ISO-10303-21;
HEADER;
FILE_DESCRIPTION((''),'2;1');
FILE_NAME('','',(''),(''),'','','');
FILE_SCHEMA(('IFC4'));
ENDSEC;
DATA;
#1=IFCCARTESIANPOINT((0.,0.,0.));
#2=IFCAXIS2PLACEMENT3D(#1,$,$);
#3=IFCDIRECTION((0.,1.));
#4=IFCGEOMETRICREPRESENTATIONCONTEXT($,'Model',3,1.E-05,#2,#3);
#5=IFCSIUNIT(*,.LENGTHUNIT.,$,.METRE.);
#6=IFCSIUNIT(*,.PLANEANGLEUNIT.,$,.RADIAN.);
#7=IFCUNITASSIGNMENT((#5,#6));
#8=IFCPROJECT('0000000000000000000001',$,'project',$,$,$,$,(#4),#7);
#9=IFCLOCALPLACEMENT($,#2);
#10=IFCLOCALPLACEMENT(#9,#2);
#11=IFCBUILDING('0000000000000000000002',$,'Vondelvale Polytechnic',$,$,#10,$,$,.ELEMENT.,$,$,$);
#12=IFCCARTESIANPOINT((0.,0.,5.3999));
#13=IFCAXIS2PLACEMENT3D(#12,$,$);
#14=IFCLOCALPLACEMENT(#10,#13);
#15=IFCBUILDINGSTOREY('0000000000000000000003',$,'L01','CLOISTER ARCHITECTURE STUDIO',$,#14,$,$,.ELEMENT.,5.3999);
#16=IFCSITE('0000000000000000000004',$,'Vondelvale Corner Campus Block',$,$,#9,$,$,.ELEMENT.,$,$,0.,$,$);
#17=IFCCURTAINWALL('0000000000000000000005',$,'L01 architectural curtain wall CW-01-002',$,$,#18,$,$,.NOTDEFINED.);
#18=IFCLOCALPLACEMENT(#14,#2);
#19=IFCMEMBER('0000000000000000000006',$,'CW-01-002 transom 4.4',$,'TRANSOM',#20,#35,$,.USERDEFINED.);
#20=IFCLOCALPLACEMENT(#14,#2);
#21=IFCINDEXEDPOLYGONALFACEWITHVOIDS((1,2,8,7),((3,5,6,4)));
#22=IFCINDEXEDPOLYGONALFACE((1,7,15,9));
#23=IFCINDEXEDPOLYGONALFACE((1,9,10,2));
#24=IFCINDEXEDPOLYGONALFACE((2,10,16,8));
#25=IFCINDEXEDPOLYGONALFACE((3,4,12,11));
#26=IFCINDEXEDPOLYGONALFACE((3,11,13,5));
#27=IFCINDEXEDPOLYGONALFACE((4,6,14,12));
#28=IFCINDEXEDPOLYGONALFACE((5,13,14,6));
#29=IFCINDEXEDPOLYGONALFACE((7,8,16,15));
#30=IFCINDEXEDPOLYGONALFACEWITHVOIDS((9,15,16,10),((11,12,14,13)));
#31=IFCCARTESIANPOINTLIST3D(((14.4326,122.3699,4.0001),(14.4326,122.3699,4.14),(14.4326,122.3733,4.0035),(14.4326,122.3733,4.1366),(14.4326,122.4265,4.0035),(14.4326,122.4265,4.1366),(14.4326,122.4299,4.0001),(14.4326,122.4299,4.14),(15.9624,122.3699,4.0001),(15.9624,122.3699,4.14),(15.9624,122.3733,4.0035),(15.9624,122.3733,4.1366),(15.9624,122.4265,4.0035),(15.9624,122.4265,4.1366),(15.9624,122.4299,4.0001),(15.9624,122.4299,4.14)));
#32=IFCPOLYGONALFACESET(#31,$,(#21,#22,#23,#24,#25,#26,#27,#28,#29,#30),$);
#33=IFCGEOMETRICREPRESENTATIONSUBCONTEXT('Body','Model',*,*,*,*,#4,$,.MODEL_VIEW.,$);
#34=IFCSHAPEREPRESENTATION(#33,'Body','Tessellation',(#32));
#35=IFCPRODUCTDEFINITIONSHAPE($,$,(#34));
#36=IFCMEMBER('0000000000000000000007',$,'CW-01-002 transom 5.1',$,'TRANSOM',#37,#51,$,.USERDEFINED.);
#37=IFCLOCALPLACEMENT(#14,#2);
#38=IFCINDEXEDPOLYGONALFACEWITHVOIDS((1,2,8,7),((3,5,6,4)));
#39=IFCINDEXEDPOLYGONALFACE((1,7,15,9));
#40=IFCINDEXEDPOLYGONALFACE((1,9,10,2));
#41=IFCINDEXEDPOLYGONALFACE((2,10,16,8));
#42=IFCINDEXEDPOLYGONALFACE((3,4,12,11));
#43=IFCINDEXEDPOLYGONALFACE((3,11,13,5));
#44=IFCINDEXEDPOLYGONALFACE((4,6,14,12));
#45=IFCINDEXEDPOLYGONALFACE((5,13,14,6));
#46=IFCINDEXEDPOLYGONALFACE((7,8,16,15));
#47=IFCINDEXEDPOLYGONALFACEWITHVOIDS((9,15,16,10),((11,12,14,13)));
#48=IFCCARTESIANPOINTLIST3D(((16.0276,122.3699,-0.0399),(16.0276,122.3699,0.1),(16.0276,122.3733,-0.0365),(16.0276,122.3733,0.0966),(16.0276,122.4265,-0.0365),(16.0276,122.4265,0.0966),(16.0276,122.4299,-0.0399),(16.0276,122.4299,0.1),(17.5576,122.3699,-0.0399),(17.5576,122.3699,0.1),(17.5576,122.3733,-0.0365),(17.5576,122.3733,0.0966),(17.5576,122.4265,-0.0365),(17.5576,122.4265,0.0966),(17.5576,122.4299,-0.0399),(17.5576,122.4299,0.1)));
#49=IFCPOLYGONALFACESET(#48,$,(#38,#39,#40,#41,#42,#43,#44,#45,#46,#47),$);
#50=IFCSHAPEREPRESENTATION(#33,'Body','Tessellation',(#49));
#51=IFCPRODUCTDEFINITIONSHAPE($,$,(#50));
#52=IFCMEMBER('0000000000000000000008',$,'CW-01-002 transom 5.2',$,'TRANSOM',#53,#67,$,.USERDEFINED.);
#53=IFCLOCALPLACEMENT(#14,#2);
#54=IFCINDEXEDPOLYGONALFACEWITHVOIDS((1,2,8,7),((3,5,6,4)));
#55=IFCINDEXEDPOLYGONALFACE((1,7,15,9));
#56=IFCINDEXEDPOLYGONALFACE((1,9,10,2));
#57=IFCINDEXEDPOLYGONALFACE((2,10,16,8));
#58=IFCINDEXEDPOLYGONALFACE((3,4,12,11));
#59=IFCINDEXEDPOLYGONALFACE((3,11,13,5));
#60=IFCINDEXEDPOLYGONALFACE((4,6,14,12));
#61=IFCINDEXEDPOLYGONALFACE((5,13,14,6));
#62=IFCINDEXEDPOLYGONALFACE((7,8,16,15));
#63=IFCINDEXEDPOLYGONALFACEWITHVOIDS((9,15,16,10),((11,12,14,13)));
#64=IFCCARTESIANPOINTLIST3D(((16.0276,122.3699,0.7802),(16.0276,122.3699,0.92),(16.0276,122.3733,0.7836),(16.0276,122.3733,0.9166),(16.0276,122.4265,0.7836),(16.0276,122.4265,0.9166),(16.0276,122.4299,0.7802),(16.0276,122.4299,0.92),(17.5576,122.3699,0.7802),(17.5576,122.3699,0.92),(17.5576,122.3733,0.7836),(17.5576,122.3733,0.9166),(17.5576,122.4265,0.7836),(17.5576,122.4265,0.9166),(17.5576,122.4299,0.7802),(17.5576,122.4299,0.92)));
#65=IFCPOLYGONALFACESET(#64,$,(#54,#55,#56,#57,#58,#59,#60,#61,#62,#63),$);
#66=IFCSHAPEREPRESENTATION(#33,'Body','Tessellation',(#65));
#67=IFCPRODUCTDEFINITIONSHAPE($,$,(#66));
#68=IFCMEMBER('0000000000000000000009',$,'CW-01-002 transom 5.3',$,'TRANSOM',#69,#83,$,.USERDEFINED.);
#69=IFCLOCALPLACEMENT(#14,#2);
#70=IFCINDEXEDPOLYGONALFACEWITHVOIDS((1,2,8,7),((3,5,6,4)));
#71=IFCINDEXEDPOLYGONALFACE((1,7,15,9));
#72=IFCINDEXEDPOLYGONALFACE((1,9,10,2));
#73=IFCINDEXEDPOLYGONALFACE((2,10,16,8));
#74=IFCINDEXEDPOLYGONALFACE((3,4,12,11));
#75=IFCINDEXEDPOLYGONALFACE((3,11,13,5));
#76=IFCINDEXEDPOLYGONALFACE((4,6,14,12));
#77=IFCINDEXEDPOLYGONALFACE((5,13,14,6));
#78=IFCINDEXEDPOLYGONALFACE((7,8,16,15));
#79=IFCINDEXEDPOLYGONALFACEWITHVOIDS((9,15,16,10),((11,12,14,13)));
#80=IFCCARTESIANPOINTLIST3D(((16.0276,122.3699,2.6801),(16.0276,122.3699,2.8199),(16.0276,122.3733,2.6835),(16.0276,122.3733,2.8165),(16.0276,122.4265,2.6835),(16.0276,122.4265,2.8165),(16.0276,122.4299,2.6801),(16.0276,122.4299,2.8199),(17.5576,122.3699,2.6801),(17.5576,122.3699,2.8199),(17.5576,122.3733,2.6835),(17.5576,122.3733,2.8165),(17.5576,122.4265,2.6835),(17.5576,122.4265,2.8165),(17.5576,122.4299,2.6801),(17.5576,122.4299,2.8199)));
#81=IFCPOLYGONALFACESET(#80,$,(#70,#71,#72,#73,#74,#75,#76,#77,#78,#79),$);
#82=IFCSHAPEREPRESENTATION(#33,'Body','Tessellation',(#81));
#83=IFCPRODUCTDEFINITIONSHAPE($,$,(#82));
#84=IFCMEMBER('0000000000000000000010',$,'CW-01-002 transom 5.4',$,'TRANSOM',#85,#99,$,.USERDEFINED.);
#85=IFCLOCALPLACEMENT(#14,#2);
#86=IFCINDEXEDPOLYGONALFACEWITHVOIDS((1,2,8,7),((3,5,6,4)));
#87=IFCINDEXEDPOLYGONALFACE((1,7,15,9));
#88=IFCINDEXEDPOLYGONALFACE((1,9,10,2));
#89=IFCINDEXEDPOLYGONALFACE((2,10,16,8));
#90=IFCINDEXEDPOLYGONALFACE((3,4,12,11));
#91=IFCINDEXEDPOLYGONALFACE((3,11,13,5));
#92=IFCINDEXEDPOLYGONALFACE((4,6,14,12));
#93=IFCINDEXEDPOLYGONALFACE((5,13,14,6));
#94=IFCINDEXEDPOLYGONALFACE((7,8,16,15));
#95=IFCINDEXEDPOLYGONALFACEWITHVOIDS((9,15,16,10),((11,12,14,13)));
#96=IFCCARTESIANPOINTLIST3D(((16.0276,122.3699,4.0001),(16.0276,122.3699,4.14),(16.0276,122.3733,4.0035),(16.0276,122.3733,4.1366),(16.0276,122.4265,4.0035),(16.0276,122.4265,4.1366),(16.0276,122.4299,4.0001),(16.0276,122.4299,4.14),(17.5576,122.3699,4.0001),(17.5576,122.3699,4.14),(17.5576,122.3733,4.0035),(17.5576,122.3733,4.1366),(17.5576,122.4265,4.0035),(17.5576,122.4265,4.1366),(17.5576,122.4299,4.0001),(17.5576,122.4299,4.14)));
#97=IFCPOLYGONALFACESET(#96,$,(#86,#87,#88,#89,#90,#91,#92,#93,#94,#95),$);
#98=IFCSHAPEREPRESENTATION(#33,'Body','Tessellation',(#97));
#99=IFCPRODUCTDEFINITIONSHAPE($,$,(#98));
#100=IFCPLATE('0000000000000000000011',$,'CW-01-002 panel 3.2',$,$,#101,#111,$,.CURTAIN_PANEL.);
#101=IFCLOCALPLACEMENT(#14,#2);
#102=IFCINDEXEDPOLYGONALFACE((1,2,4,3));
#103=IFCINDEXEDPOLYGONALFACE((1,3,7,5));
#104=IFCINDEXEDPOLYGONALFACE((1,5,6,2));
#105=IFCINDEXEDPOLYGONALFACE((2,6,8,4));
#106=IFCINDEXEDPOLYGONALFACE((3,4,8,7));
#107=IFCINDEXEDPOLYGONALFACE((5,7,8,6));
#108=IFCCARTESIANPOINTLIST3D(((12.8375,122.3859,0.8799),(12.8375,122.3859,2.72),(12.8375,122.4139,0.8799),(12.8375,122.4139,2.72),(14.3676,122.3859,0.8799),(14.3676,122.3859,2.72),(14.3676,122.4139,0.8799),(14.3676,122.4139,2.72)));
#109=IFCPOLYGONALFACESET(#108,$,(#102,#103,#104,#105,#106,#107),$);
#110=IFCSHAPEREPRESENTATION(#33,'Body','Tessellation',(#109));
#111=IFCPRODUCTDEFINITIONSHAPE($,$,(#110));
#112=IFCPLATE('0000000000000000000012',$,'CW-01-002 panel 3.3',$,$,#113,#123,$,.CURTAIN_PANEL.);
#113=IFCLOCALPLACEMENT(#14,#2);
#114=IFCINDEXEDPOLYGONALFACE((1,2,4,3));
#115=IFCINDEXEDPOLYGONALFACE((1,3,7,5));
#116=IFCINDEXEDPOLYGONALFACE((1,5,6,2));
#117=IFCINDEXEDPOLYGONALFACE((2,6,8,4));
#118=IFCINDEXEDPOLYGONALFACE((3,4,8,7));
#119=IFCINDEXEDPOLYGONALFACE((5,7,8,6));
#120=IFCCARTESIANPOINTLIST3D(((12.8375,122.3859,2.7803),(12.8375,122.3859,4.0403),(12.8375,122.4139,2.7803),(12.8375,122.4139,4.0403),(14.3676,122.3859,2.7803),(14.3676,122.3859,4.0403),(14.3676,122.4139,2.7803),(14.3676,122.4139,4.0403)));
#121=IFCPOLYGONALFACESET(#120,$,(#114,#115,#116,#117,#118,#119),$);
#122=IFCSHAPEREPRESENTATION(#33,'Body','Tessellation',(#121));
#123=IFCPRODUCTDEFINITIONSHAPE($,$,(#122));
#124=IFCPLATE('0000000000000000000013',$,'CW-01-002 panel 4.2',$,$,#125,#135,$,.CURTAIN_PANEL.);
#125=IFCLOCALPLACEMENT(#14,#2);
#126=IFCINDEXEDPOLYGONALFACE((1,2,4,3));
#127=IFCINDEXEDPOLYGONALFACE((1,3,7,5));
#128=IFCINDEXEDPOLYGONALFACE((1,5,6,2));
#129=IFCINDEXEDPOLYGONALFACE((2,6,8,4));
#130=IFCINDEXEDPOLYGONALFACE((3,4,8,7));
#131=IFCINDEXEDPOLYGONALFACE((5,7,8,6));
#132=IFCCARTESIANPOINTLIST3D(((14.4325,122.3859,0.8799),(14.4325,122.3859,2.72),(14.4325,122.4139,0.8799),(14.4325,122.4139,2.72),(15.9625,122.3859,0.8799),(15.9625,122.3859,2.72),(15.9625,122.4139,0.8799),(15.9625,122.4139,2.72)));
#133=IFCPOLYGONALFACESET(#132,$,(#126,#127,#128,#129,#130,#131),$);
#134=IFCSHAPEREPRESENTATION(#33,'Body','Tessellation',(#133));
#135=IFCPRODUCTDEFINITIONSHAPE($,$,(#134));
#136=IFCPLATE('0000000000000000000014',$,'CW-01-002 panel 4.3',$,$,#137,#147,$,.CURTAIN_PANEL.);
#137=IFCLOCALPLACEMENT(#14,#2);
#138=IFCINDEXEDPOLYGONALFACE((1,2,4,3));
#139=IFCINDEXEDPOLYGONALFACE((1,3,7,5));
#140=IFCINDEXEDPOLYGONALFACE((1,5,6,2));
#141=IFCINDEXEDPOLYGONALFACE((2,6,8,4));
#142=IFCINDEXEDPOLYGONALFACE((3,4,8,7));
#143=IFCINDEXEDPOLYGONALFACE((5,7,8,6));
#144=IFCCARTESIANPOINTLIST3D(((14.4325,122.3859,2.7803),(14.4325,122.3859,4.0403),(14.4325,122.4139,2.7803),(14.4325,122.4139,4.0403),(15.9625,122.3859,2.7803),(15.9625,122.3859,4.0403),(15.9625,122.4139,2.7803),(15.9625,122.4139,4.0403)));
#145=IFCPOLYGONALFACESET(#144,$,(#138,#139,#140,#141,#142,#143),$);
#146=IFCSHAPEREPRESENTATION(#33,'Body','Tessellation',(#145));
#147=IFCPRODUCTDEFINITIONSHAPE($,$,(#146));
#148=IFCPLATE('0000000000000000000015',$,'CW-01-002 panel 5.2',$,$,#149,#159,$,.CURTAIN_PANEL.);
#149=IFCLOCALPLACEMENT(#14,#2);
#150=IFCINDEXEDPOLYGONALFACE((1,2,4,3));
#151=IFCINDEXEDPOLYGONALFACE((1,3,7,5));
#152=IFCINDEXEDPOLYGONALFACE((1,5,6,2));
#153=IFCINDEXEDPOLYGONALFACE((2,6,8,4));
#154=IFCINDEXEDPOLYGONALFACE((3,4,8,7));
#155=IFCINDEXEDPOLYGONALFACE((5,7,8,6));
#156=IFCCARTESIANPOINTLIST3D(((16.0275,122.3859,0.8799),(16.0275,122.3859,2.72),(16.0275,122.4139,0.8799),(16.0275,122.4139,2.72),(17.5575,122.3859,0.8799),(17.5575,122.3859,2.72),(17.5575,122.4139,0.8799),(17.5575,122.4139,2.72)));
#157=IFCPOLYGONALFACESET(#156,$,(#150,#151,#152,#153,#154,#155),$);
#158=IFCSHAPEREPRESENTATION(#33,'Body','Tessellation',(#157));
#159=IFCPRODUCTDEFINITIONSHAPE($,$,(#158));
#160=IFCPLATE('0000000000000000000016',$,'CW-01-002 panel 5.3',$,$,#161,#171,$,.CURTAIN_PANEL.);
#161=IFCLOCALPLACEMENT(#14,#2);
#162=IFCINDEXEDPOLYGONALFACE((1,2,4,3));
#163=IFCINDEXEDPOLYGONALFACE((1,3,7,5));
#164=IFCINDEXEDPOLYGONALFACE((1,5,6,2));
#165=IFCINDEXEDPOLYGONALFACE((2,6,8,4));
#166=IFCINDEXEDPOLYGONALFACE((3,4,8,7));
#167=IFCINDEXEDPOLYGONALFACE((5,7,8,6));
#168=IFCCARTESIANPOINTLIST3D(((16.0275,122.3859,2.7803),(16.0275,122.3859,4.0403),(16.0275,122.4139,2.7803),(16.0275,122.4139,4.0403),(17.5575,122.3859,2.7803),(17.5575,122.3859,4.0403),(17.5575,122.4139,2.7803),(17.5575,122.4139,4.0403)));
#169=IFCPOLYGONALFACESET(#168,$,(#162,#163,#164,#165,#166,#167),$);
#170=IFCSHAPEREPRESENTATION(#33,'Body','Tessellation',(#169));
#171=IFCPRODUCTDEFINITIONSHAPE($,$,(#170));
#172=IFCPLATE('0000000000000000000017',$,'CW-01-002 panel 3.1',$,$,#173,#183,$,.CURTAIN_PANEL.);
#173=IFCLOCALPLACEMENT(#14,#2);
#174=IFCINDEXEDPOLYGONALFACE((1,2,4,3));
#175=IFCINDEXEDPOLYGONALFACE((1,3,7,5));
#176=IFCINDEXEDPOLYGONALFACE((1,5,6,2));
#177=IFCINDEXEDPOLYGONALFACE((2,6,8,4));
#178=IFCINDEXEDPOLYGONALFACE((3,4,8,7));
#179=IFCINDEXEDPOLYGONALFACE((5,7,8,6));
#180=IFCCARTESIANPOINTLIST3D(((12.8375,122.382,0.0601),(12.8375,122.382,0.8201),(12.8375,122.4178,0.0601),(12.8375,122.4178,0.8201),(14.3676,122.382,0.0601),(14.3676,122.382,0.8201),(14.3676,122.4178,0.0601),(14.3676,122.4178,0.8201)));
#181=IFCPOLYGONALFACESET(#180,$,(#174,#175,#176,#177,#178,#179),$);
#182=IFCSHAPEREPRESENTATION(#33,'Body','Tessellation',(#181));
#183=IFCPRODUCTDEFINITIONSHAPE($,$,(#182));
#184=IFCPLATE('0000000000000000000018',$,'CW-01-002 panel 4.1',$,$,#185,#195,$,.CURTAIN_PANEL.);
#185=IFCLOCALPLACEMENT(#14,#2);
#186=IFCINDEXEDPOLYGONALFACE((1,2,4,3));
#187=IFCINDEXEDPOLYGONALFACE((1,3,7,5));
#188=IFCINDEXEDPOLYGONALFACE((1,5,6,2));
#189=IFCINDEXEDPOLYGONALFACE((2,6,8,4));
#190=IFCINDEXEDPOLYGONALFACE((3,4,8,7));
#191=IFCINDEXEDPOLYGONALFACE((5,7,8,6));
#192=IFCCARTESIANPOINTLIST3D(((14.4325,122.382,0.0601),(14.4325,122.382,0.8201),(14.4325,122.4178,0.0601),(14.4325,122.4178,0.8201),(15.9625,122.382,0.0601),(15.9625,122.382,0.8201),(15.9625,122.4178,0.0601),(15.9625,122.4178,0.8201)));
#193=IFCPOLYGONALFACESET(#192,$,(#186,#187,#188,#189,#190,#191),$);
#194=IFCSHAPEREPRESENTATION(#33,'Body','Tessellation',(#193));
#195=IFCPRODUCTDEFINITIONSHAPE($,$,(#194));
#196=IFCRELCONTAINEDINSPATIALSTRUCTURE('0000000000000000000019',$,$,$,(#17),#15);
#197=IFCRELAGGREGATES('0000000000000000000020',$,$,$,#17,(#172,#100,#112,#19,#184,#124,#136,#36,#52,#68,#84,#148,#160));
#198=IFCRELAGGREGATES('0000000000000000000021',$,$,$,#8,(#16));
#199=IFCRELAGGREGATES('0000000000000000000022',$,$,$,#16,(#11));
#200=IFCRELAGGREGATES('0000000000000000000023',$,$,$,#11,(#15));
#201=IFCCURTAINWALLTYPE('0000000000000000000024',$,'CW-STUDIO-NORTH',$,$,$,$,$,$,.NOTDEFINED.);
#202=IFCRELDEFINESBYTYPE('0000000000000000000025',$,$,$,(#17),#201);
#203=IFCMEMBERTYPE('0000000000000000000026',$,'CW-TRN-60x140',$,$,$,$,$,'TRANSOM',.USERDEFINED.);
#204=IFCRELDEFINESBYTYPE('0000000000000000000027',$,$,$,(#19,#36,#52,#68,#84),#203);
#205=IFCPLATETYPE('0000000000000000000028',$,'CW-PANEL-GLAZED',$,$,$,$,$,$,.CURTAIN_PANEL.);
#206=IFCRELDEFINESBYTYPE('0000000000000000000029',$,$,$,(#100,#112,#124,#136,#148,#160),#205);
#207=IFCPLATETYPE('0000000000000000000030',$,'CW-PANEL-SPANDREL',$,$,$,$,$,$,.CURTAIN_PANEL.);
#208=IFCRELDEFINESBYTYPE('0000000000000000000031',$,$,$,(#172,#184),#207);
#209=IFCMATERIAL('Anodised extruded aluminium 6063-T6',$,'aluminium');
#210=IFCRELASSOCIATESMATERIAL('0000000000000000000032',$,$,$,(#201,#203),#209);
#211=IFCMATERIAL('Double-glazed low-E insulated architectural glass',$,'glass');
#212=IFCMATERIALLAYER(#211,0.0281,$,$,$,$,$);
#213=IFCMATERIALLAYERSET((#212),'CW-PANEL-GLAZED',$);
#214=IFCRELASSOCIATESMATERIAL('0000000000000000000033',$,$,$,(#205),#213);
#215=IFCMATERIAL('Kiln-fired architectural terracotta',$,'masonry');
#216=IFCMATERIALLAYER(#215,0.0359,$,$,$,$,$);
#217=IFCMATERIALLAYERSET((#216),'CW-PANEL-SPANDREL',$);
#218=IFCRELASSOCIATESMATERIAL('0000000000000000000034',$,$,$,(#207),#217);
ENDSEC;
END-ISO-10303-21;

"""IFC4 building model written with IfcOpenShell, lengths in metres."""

from ifc_helpers import new_model, si_unit, direction, frame, origin, origin_2d, place, context, subcontext, project, spatial, rectangle, hollow_rectangle, extrude, material, layer, layer_set, material_profile, profile_set, type_object, element, aggregate, save


model = new_model("IFC4")

# Units and contexts
model_context = context("Model", 3, precision=1e-05, world=origin(), true_north=direction((0.0, 1.0)))
body_context = subcontext(model_context, "Body", "Model", "MODEL_VIEW")
ifc_project = project(units=[si_unit("LENGTHUNIT", "METRE"), si_unit("PLANEANGLEUNIT", "RADIAN")], contexts=[model_context])

# Site, building, storey
site_placement = place(None, origin())
site = spatial("IfcSite", under=ifc_project, at=site_placement, Name="Vondelvale Corner Campus Block", CompositionType="ELEMENT", RefElevation=0.0)
building_placement = place(site_placement, origin())
building = spatial("IfcBuilding", under=site, at=building_placement, Name="Vondelvale Polytechnic", CompositionType="ELEMENT")
storey_placement = place(building_placement, frame((0.0, 0.0, 5.3999)))
storey = spatial("IfcBuildingStorey", under=building, at=storey_placement, Name="L01", Description="CLOISTER ARCHITECTURE STUDIO", CompositionType="ELEMENT", Elevation=5.3999)

# Curtain wall, members, plates
ifc_material_1 = material(Name="Anodised extruded aluminium 6063-T6", Category="aluminium")
curtain_wall_type = type_object("IfcCurtainWallType", Name="CW-STUDIO-NORTH", PredefinedType="NOTDEFINED", material=ifc_material_1)
curtain_wall_placement = place(storey_placement, origin())
curtain_wall = element("IfcCurtainWall", 1, at=curtain_wall_placement, inside=storey, type_object=curtain_wall_type, Name="L01 architectural curtain wall CW-01-002", PredefinedType="NOTDEFINED")
ifc_material_profile_1 = material_profile(ifc_material_1, hollow_rectangle(XDim=0.0601, YDim=0.1399, WallThickness=0.0034, at=origin_2d()), Name="CW-TRN-140x60")
ifc_profile_set_1 = profile_set([ifc_material_profile_1], Name="Anodised extruded aluminium 6063-T6")
member_type_1 = type_object("IfcMemberType", Name="CW-TRN-60x140", ElementType="TRANSOM", PredefinedType="USERDEFINED", material=ifc_profile_set_1)
member_1_placement = place(storey_placement, frame((14.4326, 122.3999, 4.0701), z_axis=(1.0, 0.0, 0.0), x_axis=(0.0, 1.0, 0.0)))
member_1 = element("IfcMember", 2, at=member_1_placement, type_object=member_type_1, Name="CW-01-002 transom 4.4", ObjectType="TRANSOM", PredefinedType="USERDEFINED", context=body_context, shape_type="SweptSolid", body=[
    extrude(hollow_rectangle(XDim=0.0601, YDim=0.1399, WallThickness=0.0034, at=origin_2d()), origin(), (0.0, 0.0, 1.0), 1.5298),
])
member_2_placement = place(storey_placement, frame((16.0276, 122.3999, 0.03), z_axis=(1.0, 0.0, 0.0), x_axis=(0.0, 1.0, 0.0)))
member_2 = element("IfcMember", 3, at=member_2_placement, type_object=member_type_1, Name="CW-01-002 transom 5.1", ObjectType="TRANSOM", PredefinedType="USERDEFINED", context=body_context, shape_type="SweptSolid", body=[
    extrude(hollow_rectangle(XDim=0.0601, YDim=0.1399, WallThickness=0.0034, at=origin_2d()), origin(), (0.0, 0.0, 1.0), 1.53),
])
member_3_placement = place(storey_placement, frame((16.0276, 122.3999, 0.8501), z_axis=(1.0, 0.0, 0.0), x_axis=(0.0, 1.0, 0.0)))
member_3 = element("IfcMember", 4, at=member_3_placement, type_object=member_type_1, Name="CW-01-002 transom 5.2", ObjectType="TRANSOM", PredefinedType="USERDEFINED", context=body_context, shape_type="SweptSolid", body=[
    extrude(hollow_rectangle(XDim=0.0601, YDim=0.1399, WallThickness=0.0034, at=origin_2d()), origin(), (0.0, 0.0, 1.0), 1.53),
])
member_4_placement = place(storey_placement, frame((16.0276, 122.3999, 2.75), z_axis=(1.0, 0.0, 0.0), x_axis=(0.0, 1.0, 0.0)))
member_4 = element("IfcMember", 5, at=member_4_placement, type_object=member_type_1, Name="CW-01-002 transom 5.3", ObjectType="TRANSOM", PredefinedType="USERDEFINED", context=body_context, shape_type="SweptSolid", body=[
    extrude(hollow_rectangle(XDim=0.0601, YDim=0.1399, WallThickness=0.0034, at=origin_2d()), origin(), (0.0, 0.0, 1.0), 1.53),
])
member_5_placement = place(storey_placement, frame((16.0276, 122.3999, 4.0701), z_axis=(1.0, 0.0, 0.0), x_axis=(0.0, 1.0, 0.0)))
member_5 = element("IfcMember", 6, at=member_5_placement, type_object=member_type_1, Name="CW-01-002 transom 5.4", ObjectType="TRANSOM", PredefinedType="USERDEFINED", context=body_context, shape_type="SweptSolid", body=[
    extrude(hollow_rectangle(XDim=0.0601, YDim=0.1399, WallThickness=0.0034, at=origin_2d()), origin(), (0.0, 0.0, 1.0), 1.53),
])
ifc_material_2 = material(Name="Double-glazed low-E insulated architectural glass", Category="glass")
ifc_layer_1 = layer(ifc_material_2, 0.0281)
ifc_layer_set_1 = layer_set([ifc_layer_1], Name="CW-PANEL-GLAZED")
plate_type_1 = type_object("IfcPlateType", Name="CW-PANEL-GLAZED", PredefinedType="CURTAIN_PANEL", material=ifc_layer_set_1)
plate_1_placement = place(storey_placement, frame((13.6025, 122.3999, 0.8799), z_axis=(0.0, 0.0, 1.0), x_axis=(1.0, 0.0, 0.0)))
plate_1 = element("IfcPlate", 7, at=plate_1_placement, type_object=plate_type_1, Name="CW-01-002 panel 3.2", PredefinedType="CURTAIN_PANEL", context=body_context, shape_type="SweptSolid", body=[
    extrude(rectangle(XDim=1.53, YDim=0.0281, at=origin_2d()), origin(), (0.0, 0.0, 1.0), 1.8401),
])
plate_2_placement = place(storey_placement, frame((13.6025, 122.3999, 2.7803), z_axis=(0.0, 0.0, 1.0), x_axis=(1.0, 0.0, 0.0)))
plate_2 = element("IfcPlate", 8, at=plate_2_placement, type_object=plate_type_1, Name="CW-01-002 panel 3.3", PredefinedType="CURTAIN_PANEL", context=body_context, shape_type="SweptSolid", body=[
    extrude(rectangle(XDim=1.53, YDim=0.0281, at=origin_2d()), origin(), (0.0, 0.0, 1.0), 1.26),
])
plate_3_placement = place(storey_placement, frame((15.1975, 122.3999, 0.8799), z_axis=(0.0, 0.0, 1.0), x_axis=(1.0, 0.0, 0.0)))
plate_3 = element("IfcPlate", 9, at=plate_3_placement, type_object=plate_type_1, Name="CW-01-002 panel 4.2", PredefinedType="CURTAIN_PANEL", context=body_context, shape_type="SweptSolid", body=[
    extrude(rectangle(XDim=1.53, YDim=0.0281, at=origin_2d()), origin(), (0.0, 0.0, 1.0), 1.8401),
])
plate_4_placement = place(storey_placement, frame((15.1975, 122.3999, 2.7803), z_axis=(0.0, 0.0, 1.0), x_axis=(1.0, 0.0, 0.0)))
plate_4 = element("IfcPlate", 10, at=plate_4_placement, type_object=plate_type_1, Name="CW-01-002 panel 4.3", PredefinedType="CURTAIN_PANEL", context=body_context, shape_type="SweptSolid", body=[
    extrude(rectangle(XDim=1.53, YDim=0.0281, at=origin_2d()), origin(), (0.0, 0.0, 1.0), 1.26),
])
plate_5_placement = place(storey_placement, frame((16.7925, 122.3999, 0.8799), z_axis=(0.0, 0.0, 1.0), x_axis=(1.0, 0.0, 0.0)))
plate_5 = element("IfcPlate", 11, at=plate_5_placement, type_object=plate_type_1, Name="CW-01-002 panel 5.2", PredefinedType="CURTAIN_PANEL", context=body_context, shape_type="SweptSolid", body=[
    extrude(rectangle(XDim=1.53, YDim=0.0281, at=origin_2d()), origin(), (0.0, 0.0, 1.0), 1.8401),
])
plate_6_placement = place(storey_placement, frame((16.7925, 122.3999, 2.7803), z_axis=(0.0, 0.0, 1.0), x_axis=(1.0, 0.0, 0.0)))
plate_6 = element("IfcPlate", 12, at=plate_6_placement, type_object=plate_type_1, Name="CW-01-002 panel 5.3", PredefinedType="CURTAIN_PANEL", context=body_context, shape_type="SweptSolid", body=[
    extrude(rectangle(XDim=1.53, YDim=0.0281, at=origin_2d()), origin(), (0.0, 0.0, 1.0), 1.26),
])
ifc_material_3 = material(Name="Kiln-fired architectural terracotta", Category="masonry")
ifc_layer_2 = layer(ifc_material_3, 0.0359)
ifc_layer_set_2 = layer_set([ifc_layer_2], Name="CW-PANEL-SPANDREL")
plate_type_2 = type_object("IfcPlateType", Name="CW-PANEL-SPANDREL", PredefinedType="CURTAIN_PANEL", material=ifc_layer_set_2)
plate_7_placement = place(storey_placement, frame((13.6025, 122.3999, 0.0601), z_axis=(0.0, 0.0, 1.0), x_axis=(1.0, 0.0, 0.0)))
plate_7 = element("IfcPlate", 13, at=plate_7_placement, type_object=plate_type_2, Name="CW-01-002 panel 3.1", PredefinedType="CURTAIN_PANEL", context=body_context, shape_type="SweptSolid", body=[
    extrude(rectangle(XDim=1.53, YDim=0.0359, at=origin_2d()), origin(), (0.0, 0.0, 1.0), 0.76),
])
plate_8_placement = place(storey_placement, frame((15.1975, 122.3999, 0.0601), z_axis=(0.0, 0.0, 1.0), x_axis=(1.0, 0.0, 0.0)))
plate_8 = element("IfcPlate", 14, at=plate_8_placement, type_object=plate_type_2, Name="CW-01-002 panel 4.1", PredefinedType="CURTAIN_PANEL", context=body_context, shape_type="SweptSolid", body=[
    extrude(rectangle(XDim=1.53, YDim=0.0359, at=origin_2d()), origin(), (0.0, 0.0, 1.0), 0.76),
])
aggregate(curtain_wall, [plate_7, plate_1, plate_2, member_1, plate_8, plate_3, plate_4, member_2, member_3, member_4, member_5, plate_5, plate_6])

save(model, "model.ifc")
